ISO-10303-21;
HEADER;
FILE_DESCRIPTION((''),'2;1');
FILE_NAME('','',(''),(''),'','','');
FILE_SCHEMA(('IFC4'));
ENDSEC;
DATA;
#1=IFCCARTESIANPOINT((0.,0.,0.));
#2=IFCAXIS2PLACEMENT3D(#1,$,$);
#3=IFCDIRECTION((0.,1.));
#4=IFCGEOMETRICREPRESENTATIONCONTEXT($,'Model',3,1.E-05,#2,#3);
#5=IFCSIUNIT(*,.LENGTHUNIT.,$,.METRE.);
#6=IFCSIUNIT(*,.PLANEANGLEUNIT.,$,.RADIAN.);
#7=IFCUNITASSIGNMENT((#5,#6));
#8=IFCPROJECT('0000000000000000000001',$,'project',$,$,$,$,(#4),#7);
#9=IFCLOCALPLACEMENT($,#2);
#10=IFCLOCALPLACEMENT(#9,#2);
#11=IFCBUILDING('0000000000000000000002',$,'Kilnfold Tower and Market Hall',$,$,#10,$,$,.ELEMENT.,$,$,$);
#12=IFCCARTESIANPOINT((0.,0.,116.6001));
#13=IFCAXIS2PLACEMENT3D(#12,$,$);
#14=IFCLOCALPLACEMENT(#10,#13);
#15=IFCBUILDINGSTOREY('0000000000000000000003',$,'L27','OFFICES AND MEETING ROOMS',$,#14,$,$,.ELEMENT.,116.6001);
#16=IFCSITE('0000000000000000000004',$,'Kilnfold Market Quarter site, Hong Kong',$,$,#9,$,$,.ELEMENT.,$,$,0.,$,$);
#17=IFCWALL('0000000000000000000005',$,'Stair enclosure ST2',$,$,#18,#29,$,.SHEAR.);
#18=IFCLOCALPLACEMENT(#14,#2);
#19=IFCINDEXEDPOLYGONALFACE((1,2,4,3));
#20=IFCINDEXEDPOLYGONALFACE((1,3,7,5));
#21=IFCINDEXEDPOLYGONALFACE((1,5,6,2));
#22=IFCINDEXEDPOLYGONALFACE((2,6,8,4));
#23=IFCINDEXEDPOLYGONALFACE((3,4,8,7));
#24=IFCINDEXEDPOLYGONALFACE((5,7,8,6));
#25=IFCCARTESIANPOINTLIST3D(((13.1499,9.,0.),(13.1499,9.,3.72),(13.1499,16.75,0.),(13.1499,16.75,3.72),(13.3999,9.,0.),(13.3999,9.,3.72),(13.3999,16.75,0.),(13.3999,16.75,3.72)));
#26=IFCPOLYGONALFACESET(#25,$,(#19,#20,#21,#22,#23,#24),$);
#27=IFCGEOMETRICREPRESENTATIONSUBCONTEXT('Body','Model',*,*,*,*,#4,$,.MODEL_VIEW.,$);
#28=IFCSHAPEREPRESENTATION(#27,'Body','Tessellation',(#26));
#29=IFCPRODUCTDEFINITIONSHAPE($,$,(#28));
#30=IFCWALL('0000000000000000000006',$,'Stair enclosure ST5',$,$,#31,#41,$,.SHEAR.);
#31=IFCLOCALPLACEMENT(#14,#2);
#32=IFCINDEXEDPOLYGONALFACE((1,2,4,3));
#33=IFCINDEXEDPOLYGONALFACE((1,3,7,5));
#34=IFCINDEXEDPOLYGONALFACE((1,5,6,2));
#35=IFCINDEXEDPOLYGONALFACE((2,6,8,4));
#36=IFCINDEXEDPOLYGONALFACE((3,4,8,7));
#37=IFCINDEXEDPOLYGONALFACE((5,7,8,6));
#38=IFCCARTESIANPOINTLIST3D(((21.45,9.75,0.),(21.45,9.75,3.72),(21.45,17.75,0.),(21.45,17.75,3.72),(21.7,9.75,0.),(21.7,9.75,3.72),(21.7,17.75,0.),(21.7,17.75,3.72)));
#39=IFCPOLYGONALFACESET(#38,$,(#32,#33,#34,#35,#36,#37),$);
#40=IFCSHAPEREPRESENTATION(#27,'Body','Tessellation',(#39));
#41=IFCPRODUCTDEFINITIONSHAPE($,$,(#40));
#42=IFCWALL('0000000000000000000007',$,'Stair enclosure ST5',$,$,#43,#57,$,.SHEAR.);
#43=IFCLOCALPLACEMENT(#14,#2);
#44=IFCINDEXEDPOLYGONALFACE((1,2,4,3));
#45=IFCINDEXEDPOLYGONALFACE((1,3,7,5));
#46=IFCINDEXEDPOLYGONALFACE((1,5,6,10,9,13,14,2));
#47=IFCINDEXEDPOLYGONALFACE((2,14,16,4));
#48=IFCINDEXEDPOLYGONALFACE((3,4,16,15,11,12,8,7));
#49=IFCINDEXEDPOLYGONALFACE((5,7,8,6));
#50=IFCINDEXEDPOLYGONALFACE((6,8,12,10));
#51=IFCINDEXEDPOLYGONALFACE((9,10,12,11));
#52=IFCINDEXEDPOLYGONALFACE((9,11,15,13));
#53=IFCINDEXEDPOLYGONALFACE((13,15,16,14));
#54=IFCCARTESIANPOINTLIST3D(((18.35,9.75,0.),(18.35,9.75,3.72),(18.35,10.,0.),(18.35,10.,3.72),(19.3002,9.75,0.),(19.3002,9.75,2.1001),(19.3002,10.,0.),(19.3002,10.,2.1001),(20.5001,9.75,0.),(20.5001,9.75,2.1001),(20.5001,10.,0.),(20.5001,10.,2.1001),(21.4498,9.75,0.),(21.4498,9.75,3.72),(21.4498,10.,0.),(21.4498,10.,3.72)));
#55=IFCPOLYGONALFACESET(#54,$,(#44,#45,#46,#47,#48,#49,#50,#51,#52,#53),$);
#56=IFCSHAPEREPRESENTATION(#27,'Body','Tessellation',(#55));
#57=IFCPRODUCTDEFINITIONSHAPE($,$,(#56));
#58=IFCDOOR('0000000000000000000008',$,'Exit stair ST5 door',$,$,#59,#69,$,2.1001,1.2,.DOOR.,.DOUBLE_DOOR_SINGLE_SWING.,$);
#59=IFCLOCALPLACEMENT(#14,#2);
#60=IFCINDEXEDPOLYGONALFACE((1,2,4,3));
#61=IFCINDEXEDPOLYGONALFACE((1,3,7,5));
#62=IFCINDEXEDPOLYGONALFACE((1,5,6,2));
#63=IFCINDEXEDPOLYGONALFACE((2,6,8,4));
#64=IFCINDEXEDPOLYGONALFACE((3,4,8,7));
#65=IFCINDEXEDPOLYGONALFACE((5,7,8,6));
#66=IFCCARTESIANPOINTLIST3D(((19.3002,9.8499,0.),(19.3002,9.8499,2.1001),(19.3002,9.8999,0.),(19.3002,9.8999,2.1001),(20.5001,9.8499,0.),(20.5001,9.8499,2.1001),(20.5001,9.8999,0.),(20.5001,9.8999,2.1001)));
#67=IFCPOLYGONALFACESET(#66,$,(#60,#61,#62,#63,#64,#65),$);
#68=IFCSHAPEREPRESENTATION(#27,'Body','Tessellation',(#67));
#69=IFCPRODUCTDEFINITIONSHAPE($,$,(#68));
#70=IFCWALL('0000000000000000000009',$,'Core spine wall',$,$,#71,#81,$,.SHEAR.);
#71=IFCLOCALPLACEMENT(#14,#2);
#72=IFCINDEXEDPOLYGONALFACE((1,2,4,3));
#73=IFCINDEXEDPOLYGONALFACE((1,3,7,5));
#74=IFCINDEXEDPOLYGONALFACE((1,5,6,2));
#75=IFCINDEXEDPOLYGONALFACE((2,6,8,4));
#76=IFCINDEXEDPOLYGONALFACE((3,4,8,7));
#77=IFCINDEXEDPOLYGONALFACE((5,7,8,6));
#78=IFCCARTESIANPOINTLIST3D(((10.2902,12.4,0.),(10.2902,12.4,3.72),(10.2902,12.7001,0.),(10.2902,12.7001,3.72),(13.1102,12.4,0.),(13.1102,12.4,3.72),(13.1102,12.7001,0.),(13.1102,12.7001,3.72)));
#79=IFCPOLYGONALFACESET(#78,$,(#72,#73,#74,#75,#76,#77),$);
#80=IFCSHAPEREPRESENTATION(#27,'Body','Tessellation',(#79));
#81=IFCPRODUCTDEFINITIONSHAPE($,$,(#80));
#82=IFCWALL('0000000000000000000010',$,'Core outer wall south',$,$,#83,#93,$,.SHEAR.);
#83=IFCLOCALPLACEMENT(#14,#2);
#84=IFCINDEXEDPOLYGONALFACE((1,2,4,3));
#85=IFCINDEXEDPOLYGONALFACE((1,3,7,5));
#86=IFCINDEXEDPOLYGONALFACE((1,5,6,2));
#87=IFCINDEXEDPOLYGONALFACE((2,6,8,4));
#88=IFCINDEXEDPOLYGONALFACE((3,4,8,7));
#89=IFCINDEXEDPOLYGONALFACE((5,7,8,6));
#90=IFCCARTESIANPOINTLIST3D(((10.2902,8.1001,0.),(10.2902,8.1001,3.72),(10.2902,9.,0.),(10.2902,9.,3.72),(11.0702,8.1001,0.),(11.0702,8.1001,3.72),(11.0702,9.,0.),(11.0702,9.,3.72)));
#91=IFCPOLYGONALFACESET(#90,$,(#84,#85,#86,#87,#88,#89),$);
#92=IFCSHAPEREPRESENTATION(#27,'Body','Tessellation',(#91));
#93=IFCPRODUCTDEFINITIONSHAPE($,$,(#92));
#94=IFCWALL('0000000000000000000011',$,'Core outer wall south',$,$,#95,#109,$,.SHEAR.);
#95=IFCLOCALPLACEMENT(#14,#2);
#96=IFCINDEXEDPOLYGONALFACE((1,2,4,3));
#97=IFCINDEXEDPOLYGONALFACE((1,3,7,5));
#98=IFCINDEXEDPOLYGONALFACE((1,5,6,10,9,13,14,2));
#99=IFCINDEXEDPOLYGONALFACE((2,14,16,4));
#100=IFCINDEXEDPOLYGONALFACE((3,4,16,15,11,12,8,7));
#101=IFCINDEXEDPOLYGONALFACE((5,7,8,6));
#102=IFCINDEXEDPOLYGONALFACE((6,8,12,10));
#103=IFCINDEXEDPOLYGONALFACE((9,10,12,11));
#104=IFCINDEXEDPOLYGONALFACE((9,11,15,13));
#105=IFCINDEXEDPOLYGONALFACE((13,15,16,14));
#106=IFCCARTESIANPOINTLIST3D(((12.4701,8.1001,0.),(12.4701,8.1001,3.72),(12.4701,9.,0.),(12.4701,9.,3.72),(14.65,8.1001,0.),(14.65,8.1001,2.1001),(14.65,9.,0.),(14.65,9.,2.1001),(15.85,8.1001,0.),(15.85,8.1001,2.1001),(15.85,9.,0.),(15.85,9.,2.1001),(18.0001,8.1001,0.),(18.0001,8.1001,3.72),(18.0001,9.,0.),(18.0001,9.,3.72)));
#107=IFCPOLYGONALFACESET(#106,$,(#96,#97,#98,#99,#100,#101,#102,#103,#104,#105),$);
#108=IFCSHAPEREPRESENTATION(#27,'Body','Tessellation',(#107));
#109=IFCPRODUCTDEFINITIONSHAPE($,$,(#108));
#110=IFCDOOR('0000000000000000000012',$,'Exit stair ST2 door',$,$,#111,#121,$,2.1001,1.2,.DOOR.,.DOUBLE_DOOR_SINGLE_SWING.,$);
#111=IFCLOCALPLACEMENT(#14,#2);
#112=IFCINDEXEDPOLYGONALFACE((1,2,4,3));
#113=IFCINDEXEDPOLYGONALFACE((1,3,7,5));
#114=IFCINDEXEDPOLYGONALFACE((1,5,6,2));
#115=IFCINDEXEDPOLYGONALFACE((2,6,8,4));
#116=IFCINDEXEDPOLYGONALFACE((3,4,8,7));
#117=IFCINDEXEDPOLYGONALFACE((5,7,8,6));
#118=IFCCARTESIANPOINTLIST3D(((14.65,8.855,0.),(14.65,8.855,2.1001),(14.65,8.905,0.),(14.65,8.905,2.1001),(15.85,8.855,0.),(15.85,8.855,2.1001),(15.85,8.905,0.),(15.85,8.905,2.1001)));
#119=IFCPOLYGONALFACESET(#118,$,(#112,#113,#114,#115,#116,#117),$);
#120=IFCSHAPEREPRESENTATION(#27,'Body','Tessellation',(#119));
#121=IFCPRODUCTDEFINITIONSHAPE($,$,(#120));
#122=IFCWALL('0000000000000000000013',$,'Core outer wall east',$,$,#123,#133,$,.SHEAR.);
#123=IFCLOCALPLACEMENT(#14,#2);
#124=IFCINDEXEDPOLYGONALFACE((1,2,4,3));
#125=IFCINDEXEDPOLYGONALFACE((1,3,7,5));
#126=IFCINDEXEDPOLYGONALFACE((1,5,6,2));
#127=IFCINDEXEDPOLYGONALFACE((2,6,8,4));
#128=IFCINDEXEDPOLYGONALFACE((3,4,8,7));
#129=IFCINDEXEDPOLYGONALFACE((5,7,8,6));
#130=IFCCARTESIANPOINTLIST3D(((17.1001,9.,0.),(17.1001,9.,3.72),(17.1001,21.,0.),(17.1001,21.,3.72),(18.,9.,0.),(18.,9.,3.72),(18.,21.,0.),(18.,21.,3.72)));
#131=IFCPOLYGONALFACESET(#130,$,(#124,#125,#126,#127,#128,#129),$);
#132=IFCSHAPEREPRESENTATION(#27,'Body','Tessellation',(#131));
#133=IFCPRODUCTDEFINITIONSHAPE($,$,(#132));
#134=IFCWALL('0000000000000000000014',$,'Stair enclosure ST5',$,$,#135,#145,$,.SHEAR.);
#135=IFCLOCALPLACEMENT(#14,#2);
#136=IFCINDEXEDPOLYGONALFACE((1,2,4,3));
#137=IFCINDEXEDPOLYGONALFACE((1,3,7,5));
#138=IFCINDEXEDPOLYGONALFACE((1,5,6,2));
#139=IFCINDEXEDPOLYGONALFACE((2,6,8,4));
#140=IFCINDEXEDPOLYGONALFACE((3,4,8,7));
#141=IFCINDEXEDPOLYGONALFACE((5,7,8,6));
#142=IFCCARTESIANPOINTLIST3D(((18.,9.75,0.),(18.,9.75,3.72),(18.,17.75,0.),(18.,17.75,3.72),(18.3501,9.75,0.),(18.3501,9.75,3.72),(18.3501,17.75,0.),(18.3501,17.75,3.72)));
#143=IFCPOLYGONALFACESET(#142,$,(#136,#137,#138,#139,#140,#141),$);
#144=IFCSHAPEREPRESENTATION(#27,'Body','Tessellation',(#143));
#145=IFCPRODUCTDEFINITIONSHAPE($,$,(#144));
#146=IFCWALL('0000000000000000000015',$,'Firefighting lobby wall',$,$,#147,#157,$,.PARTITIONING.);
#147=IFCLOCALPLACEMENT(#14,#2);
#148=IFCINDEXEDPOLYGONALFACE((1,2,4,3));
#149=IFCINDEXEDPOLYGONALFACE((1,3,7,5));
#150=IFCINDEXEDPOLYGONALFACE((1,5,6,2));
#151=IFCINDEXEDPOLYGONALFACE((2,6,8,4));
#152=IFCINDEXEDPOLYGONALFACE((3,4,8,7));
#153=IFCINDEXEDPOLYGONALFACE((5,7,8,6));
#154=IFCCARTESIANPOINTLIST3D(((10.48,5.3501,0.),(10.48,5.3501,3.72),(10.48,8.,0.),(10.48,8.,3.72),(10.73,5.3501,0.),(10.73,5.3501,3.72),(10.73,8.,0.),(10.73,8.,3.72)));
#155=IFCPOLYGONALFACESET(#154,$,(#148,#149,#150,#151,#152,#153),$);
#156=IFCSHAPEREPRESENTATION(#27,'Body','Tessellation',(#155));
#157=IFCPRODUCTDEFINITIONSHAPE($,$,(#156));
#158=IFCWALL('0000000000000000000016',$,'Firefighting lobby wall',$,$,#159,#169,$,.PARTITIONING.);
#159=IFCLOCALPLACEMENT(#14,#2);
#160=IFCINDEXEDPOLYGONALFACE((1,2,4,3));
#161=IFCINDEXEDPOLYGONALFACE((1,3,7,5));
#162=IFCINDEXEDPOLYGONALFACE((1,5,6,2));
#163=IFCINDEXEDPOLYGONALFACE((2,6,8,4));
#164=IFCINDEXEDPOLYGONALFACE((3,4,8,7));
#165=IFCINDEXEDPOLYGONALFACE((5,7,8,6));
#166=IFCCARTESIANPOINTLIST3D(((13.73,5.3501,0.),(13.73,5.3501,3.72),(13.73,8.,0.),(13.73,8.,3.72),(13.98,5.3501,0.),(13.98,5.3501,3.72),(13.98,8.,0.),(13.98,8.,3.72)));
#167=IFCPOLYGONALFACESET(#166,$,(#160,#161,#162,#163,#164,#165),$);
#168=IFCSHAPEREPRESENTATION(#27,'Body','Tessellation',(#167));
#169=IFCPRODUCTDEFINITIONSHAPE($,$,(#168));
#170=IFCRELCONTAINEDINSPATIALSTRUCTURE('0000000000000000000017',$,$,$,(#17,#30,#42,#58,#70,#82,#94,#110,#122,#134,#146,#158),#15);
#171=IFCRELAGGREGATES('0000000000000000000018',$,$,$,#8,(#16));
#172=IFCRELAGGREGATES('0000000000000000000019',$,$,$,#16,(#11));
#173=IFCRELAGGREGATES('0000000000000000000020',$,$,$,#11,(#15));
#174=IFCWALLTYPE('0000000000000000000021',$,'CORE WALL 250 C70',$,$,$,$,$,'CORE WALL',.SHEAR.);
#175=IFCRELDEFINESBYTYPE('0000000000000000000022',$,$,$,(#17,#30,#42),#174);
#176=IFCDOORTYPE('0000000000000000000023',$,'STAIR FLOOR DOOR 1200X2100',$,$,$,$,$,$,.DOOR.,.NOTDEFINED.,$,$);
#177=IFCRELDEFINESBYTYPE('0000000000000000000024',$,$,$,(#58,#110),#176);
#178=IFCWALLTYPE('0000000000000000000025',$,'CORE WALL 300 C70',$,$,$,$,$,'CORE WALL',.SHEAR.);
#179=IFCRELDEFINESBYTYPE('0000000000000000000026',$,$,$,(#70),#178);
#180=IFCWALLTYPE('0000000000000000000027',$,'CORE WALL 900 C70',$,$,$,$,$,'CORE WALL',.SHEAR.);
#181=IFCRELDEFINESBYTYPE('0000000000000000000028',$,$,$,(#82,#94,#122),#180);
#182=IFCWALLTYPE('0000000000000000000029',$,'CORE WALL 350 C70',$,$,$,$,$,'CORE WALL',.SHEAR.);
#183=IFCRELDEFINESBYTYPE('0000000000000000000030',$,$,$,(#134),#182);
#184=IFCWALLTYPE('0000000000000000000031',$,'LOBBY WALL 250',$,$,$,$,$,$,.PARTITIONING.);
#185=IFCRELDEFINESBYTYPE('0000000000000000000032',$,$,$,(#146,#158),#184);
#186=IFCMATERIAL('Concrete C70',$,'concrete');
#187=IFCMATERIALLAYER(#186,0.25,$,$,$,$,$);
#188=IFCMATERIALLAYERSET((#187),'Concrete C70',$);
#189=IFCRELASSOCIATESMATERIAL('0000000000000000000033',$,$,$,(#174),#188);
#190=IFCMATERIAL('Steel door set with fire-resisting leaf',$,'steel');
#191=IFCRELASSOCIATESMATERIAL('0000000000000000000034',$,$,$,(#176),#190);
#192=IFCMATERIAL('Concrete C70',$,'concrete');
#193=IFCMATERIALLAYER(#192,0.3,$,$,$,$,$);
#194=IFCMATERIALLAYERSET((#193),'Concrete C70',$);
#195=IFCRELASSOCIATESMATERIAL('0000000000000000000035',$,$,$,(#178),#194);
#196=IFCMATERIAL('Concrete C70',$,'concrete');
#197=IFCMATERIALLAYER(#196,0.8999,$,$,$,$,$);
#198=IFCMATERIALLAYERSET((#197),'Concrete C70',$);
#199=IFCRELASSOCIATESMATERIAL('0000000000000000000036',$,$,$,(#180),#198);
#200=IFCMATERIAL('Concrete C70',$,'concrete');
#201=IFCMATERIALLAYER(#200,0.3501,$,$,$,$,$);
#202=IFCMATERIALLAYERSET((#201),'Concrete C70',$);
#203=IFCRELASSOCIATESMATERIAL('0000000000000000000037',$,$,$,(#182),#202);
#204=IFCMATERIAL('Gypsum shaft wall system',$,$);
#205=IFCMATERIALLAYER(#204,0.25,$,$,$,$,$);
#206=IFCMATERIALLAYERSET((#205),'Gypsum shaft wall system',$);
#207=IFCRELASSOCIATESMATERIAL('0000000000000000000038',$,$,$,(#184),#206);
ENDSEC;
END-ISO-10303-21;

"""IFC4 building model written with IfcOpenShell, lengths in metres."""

from ifc_helpers import new_model, si_unit, direction, frame, frame_2d, origin, place, context, subcontext, project, spatial, rectangle, extrude, source, transform, mapped, material, layer, layer_set, type_object, element, fill, save


model = new_model("IFC4")

# Units and contexts
model_context = context("Model", 3, precision=1e-05, world=origin(), true_north=direction((0.0, 1.0)))
body_context = subcontext(model_context, "Body", "Model", "MODEL_VIEW")
ifc_project = project(units=[si_unit("LENGTHUNIT", "METRE"), si_unit("PLANEANGLEUNIT", "RADIAN")], contexts=[model_context])

# Site, building, storey
site_placement = place(None, origin())
site = spatial("IfcSite", under=ifc_project, at=site_placement, Name="Kilnfold Market Quarter site, Hong Kong", CompositionType="ELEMENT", RefElevation=0.0)
building_placement = place(site_placement, origin())
building = spatial("IfcBuilding", under=site, at=building_placement, Name="Kilnfold Tower and Market Hall", CompositionType="ELEMENT")
storey_placement = place(building_placement, frame((0.0, 0.0, 116.6001)))
storey = spatial("IfcBuildingStorey", under=building, at=storey_placement, Name="L27", Description="OFFICES AND MEETING ROOMS", CompositionType="ELEMENT", Elevation=116.6001)

# Walls
ifc_material_1 = material(Name="Concrete C70", Category="concrete")
ifc_layer_1 = layer(ifc_material_1, 0.25)
ifc_layer_set_1 = layer_set([ifc_layer_1], Name="Concrete C70")
wall_type_1 = type_object("IfcWallType", Name="CORE WALL 250 C70", ElementType="CORE WALL", PredefinedType="SHEAR", material=ifc_layer_set_1)
shared_shape_1 = source(origin(), body_context, "Body", "SweptSolid", [
    extrude(rectangle(XDim=7.75, YDim=0.25, at=frame_2d((3.875, 0.0))), origin(), (0.0, 0.0, 1.0), 3.72),
])
wall_1_placement = place(storey_placement, frame((13.2749, 9.0, 0.0), z_axis=(0.0, 0.0, 1.0), x_axis=(0.0, 1.0, 0.0)))
element("IfcWall", 1, at=wall_1_placement, inside=storey, type_object=wall_type_1, Name="Stair enclosure ST2", PredefinedType="SHEAR", context=body_context, shape_type="MappedRepresentation", body=[
    mapped(shared_shape_1, transform((0.0, 0.0, 0.0))),
])
shared_shape_2 = source(origin(), body_context, "Body", "SweptSolid", [
    extrude(rectangle(XDim=8.0, YDim=0.25, at=frame_2d((4.0, 0.0))), origin(), (0.0, 0.0, 1.0), 3.72),
])
wall_2_placement = place(storey_placement, frame((21.575, 9.75, 0.0), z_axis=(0.0, 0.0, 1.0), x_axis=(0.0, 1.0, 0.0)))
element("IfcWall", 2, at=wall_2_placement, inside=storey, type_object=wall_type_1, Name="Stair enclosure ST5", PredefinedType="SHEAR", context=body_context, shape_type="MappedRepresentation", body=[
    mapped(shared_shape_2, transform((0.0, 0.0, 0.0))),
])

# Wall, opening, door
shared_shape_3 = source(origin(), body_context, "Body", "SweptSolid", [
    extrude(rectangle(XDim=3.0999, YDim=0.25, at=frame_2d((1.5498, 0.0))), origin(), (0.0, 0.0, 1.0), 3.72),
])
wall_3_placement = place(storey_placement, frame((18.3501, 9.875, 0.0), z_axis=(0.0, 0.0, 1.0), x_axis=(1.0, 0.0, 0.0)))
wall_3 = element("IfcWall", 3, at=wall_3_placement, inside=storey, type_object=wall_type_1, Name="Stair enclosure ST5", PredefinedType="SHEAR", context=body_context, shape_type="MappedRepresentation", body=[
    mapped(shared_shape_3, transform((0.0, 0.0, 0.0))),
])
opening_1_placement = place(wall_3_placement, frame((0.95, 0.0, 0.0)))
opening_1 = element("IfcOpeningElement", 4, at=opening_1_placement, cuts=wall_3, PredefinedType="OPENING", context=body_context, shape_type="SweptSolid", body=[
    extrude(rectangle(XDim=1.2, YDim=2.1001, at=frame_2d((0.6001, 1.05))), frame((0.0, 0.135, 0.0), z_axis=(0.0, -1.0, 0.0), x_axis=(1.0, 0.0, 0.0)), (0.0, 0.0, 1.0), 0.27),
])
ifc_material_2 = material(Name="Steel door set with fire-resisting leaf", Category="steel")
door_type_1 = type_object("IfcDoorType", Name="STAIR FLOOR DOOR 1200X2100", OperationType="NOTDEFINED", PredefinedType="DOOR", material=ifc_material_2)
door_1_placement = place(opening_1_placement, origin())
door_1 = element("IfcDoor", 5, at=door_1_placement, inside=storey, type_object=door_type_1, Name="Exit stair ST5 door", OperationType="DOUBLE_DOOR_SINGLE_SWING", OverallHeight=2.1001, OverallWidth=1.2, PredefinedType="DOOR", context=body_context, shape_type="SweptSolid", body=[
    extrude(rectangle(XDim=1.2, YDim=2.1001, at=frame_2d((0.6001, 1.05))), frame((0.0, 0.0249, 0.0), z_axis=(0.0, -1.0, 0.0), x_axis=(1.0, 0.0, 0.0)), (0.0, 0.0, 1.0), 0.05),
])
fill(opening_1, door_1)

# Walls
ifc_material_3 = material(Name="Concrete C70", Category="concrete")
ifc_layer_2 = layer(ifc_material_3, 0.3)
ifc_layer_set_2 = layer_set([ifc_layer_2], Name="Concrete C70")
wall_type_2 = type_object("IfcWallType", Name="CORE WALL 300 C70", ElementType="CORE WALL", PredefinedType="SHEAR", material=ifc_layer_set_2)
shared_shape_4 = source(origin(), body_context, "Body", "SweptSolid", [
    extrude(rectangle(XDim=2.8201, YDim=0.3, at=frame_2d((1.4102, 0.0))), origin(), (0.0, 0.0, 1.0), 3.72),
])
wall_4_placement = place(storey_placement, frame((10.29, 12.55, 0.0), z_axis=(0.0, 0.0, 1.0), x_axis=(1.0, 0.0, 0.0)))
element("IfcWall", 6, at=wall_4_placement, inside=storey, type_object=wall_type_2, Name="Core spine wall", PredefinedType="SHEAR", context=body_context, shape_type="MappedRepresentation", body=[
    mapped(shared_shape_4, transform((0.0, 0.0, 0.0))),
])
ifc_material_4 = material(Name="Concrete C70", Category="concrete")
ifc_layer_3 = layer(ifc_material_4, 0.8999)
ifc_layer_set_3 = layer_set([ifc_layer_3], Name="Concrete C70")
wall_type_3 = type_object("IfcWallType", Name="CORE WALL 900 C70", ElementType="CORE WALL", PredefinedType="SHEAR", material=ifc_layer_set_3)
shared_shape_5 = source(origin(), body_context, "Body", "SweptSolid", [
    extrude(rectangle(XDim=0.78, YDim=0.8999, at=frame_2d((0.3901, 0.0))), origin(), (0.0, 0.0, 1.0), 3.72),
])
wall_5_placement = place(storey_placement, frame((10.29, 8.55, 0.0), z_axis=(0.0, 0.0, 1.0), x_axis=(1.0, 0.0, 0.0)))
element("IfcWall", 7, at=wall_5_placement, inside=storey, type_object=wall_type_3, Name="Core outer wall south", PredefinedType="SHEAR", context=body_context, shape_type="MappedRepresentation", body=[
    mapped(shared_shape_5, transform((0.0, 0.0, 0.0))),
])

# Wall, opening, door
shared_shape_6 = source(origin(), body_context, "Body", "SweptSolid", [
    extrude(rectangle(XDim=5.53, YDim=0.8999, at=frame_2d((2.7651, 0.0))), origin(), (0.0, 0.0, 1.0), 3.72),
])
wall_6_placement = place(storey_placement, frame((12.47, 8.55, 0.0), z_axis=(0.0, 0.0, 1.0), x_axis=(1.0, 0.0, 0.0)))
wall_6 = element("IfcWall", 8, at=wall_6_placement, inside=storey, type_object=wall_type_3, Name="Core outer wall south", PredefinedType="SHEAR", context=body_context, shape_type="MappedRepresentation", body=[
    mapped(shared_shape_6, transform((0.0, 0.0, 0.0))),
])
opening_2_placement = place(wall_6_placement, frame((2.1799, 0.0, 0.0)))
opening_2 = element("IfcOpeningElement", 9, at=opening_2_placement, cuts=wall_6, PredefinedType="OPENING", context=body_context, shape_type="SweptSolid", body=[
    extrude(rectangle(XDim=1.2, YDim=2.1001, at=frame_2d((0.6001, 1.05))), frame((0.0, 0.46, 0.0), z_axis=(0.0, -1.0, 0.0), x_axis=(1.0, 0.0, 0.0)), (0.0, 0.0, 1.0), 0.9199),
])
door_2_placement = place(opening_2_placement, origin())
door_2 = element("IfcDoor", 10, at=door_2_placement, inside=storey, type_object=door_type_1, Name="Exit stair ST2 door", OperationType="DOUBLE_DOOR_SINGLE_SWING", OverallHeight=2.1001, OverallWidth=1.2, PredefinedType="DOOR", context=body_context, shape_type="SweptSolid", body=[
    extrude(rectangle(XDim=1.2, YDim=2.1001, at=frame_2d((0.6001, 1.05))), frame((0.0, 0.355, 0.0), z_axis=(0.0, -1.0, 0.0), x_axis=(1.0, 0.0, 0.0)), (0.0, 0.0, 1.0), 0.05),
])
fill(opening_2, door_2)

# Walls
shared_shape_7 = source(origin(), body_context, "Body", "SweptSolid", [
    extrude(rectangle(XDim=12.0, YDim=0.8999, at=frame_2d((6.0, 0.0))), origin(), (0.0, 0.0, 1.0), 3.72),
])
wall_7_placement = place(storey_placement, frame((17.55, 9.0, 0.0), z_axis=(0.0, 0.0, 1.0), x_axis=(0.0, 1.0, 0.0)))
element("IfcWall", 11, at=wall_7_placement, inside=storey, type_object=wall_type_3, Name="Core outer wall east", PredefinedType="SHEAR", context=body_context, shape_type="MappedRepresentation", body=[
    mapped(shared_shape_7, transform((0.0, 0.0, 0.0))),
])
ifc_material_5 = material(Name="Concrete C70", Category="concrete")
ifc_layer_4 = layer(ifc_material_5, 0.3501)
ifc_layer_set_4 = layer_set([ifc_layer_4], Name="Concrete C70")
wall_type_4 = type_object("IfcWallType", Name="CORE WALL 350 C70", ElementType="CORE WALL", PredefinedType="SHEAR", material=ifc_layer_set_4)
shared_shape_8 = source(origin(), body_context, "Body", "SweptSolid", [
    extrude(rectangle(XDim=8.0, YDim=0.3501, at=frame_2d((4.0, 0.0))), origin(), (0.0, 0.0, 1.0), 3.72),
])
wall_8_placement = place(storey_placement, frame((18.175, 9.75, 0.0), z_axis=(0.0, 0.0, 1.0), x_axis=(0.0, 1.0, 0.0)))
element("IfcWall", 12, at=wall_8_placement, inside=storey, type_object=wall_type_4, Name="Stair enclosure ST5", PredefinedType="SHEAR", context=body_context, shape_type="MappedRepresentation", body=[
    mapped(shared_shape_8, transform((0.0, 0.0, 0.0))),
])
ifc_material_6 = material(Name="Gypsum shaft wall system")
ifc_layer_5 = layer(ifc_material_6, 0.25)
ifc_layer_set_5 = layer_set([ifc_layer_5], Name="Gypsum shaft wall system")
wall_type_5 = type_object("IfcWallType", Name="LOBBY WALL 250", PredefinedType="PARTITIONING", material=ifc_layer_set_5)
shared_shape_9 = source(origin(), body_context, "Body", "SweptSolid", [
    extrude(rectangle(XDim=2.6499, YDim=0.25, at=frame_2d((1.325, 0.0))), origin(), (0.0, 0.0, 1.0), 3.72),
])
for number, where, z_axis, x_axis, name in (
    (13, (10.605, 5.3501, 0.0), (0.0, 0.0, 1.0), (0.0, 1.0, 0.0), "Firefighting lobby wall"),
    (14, (13.855, 5.3501, 0.0), (0.0, 0.0, 1.0), (0.0, 1.0, 0.0), "Firefighting lobby wall"),
):
    element("IfcWall", number, at=place(storey_placement, frame(where, z_axis=z_axis, x_axis=x_axis)), inside=storey, type_object=wall_type_5, Name=name, PredefinedType="PARTITIONING", context=body_context, shape_type="MappedRepresentation", body=[
        mapped(shared_shape_9, transform((0.0, 0.0, 0.0))),
    ])

save(model, "model.ifc")
